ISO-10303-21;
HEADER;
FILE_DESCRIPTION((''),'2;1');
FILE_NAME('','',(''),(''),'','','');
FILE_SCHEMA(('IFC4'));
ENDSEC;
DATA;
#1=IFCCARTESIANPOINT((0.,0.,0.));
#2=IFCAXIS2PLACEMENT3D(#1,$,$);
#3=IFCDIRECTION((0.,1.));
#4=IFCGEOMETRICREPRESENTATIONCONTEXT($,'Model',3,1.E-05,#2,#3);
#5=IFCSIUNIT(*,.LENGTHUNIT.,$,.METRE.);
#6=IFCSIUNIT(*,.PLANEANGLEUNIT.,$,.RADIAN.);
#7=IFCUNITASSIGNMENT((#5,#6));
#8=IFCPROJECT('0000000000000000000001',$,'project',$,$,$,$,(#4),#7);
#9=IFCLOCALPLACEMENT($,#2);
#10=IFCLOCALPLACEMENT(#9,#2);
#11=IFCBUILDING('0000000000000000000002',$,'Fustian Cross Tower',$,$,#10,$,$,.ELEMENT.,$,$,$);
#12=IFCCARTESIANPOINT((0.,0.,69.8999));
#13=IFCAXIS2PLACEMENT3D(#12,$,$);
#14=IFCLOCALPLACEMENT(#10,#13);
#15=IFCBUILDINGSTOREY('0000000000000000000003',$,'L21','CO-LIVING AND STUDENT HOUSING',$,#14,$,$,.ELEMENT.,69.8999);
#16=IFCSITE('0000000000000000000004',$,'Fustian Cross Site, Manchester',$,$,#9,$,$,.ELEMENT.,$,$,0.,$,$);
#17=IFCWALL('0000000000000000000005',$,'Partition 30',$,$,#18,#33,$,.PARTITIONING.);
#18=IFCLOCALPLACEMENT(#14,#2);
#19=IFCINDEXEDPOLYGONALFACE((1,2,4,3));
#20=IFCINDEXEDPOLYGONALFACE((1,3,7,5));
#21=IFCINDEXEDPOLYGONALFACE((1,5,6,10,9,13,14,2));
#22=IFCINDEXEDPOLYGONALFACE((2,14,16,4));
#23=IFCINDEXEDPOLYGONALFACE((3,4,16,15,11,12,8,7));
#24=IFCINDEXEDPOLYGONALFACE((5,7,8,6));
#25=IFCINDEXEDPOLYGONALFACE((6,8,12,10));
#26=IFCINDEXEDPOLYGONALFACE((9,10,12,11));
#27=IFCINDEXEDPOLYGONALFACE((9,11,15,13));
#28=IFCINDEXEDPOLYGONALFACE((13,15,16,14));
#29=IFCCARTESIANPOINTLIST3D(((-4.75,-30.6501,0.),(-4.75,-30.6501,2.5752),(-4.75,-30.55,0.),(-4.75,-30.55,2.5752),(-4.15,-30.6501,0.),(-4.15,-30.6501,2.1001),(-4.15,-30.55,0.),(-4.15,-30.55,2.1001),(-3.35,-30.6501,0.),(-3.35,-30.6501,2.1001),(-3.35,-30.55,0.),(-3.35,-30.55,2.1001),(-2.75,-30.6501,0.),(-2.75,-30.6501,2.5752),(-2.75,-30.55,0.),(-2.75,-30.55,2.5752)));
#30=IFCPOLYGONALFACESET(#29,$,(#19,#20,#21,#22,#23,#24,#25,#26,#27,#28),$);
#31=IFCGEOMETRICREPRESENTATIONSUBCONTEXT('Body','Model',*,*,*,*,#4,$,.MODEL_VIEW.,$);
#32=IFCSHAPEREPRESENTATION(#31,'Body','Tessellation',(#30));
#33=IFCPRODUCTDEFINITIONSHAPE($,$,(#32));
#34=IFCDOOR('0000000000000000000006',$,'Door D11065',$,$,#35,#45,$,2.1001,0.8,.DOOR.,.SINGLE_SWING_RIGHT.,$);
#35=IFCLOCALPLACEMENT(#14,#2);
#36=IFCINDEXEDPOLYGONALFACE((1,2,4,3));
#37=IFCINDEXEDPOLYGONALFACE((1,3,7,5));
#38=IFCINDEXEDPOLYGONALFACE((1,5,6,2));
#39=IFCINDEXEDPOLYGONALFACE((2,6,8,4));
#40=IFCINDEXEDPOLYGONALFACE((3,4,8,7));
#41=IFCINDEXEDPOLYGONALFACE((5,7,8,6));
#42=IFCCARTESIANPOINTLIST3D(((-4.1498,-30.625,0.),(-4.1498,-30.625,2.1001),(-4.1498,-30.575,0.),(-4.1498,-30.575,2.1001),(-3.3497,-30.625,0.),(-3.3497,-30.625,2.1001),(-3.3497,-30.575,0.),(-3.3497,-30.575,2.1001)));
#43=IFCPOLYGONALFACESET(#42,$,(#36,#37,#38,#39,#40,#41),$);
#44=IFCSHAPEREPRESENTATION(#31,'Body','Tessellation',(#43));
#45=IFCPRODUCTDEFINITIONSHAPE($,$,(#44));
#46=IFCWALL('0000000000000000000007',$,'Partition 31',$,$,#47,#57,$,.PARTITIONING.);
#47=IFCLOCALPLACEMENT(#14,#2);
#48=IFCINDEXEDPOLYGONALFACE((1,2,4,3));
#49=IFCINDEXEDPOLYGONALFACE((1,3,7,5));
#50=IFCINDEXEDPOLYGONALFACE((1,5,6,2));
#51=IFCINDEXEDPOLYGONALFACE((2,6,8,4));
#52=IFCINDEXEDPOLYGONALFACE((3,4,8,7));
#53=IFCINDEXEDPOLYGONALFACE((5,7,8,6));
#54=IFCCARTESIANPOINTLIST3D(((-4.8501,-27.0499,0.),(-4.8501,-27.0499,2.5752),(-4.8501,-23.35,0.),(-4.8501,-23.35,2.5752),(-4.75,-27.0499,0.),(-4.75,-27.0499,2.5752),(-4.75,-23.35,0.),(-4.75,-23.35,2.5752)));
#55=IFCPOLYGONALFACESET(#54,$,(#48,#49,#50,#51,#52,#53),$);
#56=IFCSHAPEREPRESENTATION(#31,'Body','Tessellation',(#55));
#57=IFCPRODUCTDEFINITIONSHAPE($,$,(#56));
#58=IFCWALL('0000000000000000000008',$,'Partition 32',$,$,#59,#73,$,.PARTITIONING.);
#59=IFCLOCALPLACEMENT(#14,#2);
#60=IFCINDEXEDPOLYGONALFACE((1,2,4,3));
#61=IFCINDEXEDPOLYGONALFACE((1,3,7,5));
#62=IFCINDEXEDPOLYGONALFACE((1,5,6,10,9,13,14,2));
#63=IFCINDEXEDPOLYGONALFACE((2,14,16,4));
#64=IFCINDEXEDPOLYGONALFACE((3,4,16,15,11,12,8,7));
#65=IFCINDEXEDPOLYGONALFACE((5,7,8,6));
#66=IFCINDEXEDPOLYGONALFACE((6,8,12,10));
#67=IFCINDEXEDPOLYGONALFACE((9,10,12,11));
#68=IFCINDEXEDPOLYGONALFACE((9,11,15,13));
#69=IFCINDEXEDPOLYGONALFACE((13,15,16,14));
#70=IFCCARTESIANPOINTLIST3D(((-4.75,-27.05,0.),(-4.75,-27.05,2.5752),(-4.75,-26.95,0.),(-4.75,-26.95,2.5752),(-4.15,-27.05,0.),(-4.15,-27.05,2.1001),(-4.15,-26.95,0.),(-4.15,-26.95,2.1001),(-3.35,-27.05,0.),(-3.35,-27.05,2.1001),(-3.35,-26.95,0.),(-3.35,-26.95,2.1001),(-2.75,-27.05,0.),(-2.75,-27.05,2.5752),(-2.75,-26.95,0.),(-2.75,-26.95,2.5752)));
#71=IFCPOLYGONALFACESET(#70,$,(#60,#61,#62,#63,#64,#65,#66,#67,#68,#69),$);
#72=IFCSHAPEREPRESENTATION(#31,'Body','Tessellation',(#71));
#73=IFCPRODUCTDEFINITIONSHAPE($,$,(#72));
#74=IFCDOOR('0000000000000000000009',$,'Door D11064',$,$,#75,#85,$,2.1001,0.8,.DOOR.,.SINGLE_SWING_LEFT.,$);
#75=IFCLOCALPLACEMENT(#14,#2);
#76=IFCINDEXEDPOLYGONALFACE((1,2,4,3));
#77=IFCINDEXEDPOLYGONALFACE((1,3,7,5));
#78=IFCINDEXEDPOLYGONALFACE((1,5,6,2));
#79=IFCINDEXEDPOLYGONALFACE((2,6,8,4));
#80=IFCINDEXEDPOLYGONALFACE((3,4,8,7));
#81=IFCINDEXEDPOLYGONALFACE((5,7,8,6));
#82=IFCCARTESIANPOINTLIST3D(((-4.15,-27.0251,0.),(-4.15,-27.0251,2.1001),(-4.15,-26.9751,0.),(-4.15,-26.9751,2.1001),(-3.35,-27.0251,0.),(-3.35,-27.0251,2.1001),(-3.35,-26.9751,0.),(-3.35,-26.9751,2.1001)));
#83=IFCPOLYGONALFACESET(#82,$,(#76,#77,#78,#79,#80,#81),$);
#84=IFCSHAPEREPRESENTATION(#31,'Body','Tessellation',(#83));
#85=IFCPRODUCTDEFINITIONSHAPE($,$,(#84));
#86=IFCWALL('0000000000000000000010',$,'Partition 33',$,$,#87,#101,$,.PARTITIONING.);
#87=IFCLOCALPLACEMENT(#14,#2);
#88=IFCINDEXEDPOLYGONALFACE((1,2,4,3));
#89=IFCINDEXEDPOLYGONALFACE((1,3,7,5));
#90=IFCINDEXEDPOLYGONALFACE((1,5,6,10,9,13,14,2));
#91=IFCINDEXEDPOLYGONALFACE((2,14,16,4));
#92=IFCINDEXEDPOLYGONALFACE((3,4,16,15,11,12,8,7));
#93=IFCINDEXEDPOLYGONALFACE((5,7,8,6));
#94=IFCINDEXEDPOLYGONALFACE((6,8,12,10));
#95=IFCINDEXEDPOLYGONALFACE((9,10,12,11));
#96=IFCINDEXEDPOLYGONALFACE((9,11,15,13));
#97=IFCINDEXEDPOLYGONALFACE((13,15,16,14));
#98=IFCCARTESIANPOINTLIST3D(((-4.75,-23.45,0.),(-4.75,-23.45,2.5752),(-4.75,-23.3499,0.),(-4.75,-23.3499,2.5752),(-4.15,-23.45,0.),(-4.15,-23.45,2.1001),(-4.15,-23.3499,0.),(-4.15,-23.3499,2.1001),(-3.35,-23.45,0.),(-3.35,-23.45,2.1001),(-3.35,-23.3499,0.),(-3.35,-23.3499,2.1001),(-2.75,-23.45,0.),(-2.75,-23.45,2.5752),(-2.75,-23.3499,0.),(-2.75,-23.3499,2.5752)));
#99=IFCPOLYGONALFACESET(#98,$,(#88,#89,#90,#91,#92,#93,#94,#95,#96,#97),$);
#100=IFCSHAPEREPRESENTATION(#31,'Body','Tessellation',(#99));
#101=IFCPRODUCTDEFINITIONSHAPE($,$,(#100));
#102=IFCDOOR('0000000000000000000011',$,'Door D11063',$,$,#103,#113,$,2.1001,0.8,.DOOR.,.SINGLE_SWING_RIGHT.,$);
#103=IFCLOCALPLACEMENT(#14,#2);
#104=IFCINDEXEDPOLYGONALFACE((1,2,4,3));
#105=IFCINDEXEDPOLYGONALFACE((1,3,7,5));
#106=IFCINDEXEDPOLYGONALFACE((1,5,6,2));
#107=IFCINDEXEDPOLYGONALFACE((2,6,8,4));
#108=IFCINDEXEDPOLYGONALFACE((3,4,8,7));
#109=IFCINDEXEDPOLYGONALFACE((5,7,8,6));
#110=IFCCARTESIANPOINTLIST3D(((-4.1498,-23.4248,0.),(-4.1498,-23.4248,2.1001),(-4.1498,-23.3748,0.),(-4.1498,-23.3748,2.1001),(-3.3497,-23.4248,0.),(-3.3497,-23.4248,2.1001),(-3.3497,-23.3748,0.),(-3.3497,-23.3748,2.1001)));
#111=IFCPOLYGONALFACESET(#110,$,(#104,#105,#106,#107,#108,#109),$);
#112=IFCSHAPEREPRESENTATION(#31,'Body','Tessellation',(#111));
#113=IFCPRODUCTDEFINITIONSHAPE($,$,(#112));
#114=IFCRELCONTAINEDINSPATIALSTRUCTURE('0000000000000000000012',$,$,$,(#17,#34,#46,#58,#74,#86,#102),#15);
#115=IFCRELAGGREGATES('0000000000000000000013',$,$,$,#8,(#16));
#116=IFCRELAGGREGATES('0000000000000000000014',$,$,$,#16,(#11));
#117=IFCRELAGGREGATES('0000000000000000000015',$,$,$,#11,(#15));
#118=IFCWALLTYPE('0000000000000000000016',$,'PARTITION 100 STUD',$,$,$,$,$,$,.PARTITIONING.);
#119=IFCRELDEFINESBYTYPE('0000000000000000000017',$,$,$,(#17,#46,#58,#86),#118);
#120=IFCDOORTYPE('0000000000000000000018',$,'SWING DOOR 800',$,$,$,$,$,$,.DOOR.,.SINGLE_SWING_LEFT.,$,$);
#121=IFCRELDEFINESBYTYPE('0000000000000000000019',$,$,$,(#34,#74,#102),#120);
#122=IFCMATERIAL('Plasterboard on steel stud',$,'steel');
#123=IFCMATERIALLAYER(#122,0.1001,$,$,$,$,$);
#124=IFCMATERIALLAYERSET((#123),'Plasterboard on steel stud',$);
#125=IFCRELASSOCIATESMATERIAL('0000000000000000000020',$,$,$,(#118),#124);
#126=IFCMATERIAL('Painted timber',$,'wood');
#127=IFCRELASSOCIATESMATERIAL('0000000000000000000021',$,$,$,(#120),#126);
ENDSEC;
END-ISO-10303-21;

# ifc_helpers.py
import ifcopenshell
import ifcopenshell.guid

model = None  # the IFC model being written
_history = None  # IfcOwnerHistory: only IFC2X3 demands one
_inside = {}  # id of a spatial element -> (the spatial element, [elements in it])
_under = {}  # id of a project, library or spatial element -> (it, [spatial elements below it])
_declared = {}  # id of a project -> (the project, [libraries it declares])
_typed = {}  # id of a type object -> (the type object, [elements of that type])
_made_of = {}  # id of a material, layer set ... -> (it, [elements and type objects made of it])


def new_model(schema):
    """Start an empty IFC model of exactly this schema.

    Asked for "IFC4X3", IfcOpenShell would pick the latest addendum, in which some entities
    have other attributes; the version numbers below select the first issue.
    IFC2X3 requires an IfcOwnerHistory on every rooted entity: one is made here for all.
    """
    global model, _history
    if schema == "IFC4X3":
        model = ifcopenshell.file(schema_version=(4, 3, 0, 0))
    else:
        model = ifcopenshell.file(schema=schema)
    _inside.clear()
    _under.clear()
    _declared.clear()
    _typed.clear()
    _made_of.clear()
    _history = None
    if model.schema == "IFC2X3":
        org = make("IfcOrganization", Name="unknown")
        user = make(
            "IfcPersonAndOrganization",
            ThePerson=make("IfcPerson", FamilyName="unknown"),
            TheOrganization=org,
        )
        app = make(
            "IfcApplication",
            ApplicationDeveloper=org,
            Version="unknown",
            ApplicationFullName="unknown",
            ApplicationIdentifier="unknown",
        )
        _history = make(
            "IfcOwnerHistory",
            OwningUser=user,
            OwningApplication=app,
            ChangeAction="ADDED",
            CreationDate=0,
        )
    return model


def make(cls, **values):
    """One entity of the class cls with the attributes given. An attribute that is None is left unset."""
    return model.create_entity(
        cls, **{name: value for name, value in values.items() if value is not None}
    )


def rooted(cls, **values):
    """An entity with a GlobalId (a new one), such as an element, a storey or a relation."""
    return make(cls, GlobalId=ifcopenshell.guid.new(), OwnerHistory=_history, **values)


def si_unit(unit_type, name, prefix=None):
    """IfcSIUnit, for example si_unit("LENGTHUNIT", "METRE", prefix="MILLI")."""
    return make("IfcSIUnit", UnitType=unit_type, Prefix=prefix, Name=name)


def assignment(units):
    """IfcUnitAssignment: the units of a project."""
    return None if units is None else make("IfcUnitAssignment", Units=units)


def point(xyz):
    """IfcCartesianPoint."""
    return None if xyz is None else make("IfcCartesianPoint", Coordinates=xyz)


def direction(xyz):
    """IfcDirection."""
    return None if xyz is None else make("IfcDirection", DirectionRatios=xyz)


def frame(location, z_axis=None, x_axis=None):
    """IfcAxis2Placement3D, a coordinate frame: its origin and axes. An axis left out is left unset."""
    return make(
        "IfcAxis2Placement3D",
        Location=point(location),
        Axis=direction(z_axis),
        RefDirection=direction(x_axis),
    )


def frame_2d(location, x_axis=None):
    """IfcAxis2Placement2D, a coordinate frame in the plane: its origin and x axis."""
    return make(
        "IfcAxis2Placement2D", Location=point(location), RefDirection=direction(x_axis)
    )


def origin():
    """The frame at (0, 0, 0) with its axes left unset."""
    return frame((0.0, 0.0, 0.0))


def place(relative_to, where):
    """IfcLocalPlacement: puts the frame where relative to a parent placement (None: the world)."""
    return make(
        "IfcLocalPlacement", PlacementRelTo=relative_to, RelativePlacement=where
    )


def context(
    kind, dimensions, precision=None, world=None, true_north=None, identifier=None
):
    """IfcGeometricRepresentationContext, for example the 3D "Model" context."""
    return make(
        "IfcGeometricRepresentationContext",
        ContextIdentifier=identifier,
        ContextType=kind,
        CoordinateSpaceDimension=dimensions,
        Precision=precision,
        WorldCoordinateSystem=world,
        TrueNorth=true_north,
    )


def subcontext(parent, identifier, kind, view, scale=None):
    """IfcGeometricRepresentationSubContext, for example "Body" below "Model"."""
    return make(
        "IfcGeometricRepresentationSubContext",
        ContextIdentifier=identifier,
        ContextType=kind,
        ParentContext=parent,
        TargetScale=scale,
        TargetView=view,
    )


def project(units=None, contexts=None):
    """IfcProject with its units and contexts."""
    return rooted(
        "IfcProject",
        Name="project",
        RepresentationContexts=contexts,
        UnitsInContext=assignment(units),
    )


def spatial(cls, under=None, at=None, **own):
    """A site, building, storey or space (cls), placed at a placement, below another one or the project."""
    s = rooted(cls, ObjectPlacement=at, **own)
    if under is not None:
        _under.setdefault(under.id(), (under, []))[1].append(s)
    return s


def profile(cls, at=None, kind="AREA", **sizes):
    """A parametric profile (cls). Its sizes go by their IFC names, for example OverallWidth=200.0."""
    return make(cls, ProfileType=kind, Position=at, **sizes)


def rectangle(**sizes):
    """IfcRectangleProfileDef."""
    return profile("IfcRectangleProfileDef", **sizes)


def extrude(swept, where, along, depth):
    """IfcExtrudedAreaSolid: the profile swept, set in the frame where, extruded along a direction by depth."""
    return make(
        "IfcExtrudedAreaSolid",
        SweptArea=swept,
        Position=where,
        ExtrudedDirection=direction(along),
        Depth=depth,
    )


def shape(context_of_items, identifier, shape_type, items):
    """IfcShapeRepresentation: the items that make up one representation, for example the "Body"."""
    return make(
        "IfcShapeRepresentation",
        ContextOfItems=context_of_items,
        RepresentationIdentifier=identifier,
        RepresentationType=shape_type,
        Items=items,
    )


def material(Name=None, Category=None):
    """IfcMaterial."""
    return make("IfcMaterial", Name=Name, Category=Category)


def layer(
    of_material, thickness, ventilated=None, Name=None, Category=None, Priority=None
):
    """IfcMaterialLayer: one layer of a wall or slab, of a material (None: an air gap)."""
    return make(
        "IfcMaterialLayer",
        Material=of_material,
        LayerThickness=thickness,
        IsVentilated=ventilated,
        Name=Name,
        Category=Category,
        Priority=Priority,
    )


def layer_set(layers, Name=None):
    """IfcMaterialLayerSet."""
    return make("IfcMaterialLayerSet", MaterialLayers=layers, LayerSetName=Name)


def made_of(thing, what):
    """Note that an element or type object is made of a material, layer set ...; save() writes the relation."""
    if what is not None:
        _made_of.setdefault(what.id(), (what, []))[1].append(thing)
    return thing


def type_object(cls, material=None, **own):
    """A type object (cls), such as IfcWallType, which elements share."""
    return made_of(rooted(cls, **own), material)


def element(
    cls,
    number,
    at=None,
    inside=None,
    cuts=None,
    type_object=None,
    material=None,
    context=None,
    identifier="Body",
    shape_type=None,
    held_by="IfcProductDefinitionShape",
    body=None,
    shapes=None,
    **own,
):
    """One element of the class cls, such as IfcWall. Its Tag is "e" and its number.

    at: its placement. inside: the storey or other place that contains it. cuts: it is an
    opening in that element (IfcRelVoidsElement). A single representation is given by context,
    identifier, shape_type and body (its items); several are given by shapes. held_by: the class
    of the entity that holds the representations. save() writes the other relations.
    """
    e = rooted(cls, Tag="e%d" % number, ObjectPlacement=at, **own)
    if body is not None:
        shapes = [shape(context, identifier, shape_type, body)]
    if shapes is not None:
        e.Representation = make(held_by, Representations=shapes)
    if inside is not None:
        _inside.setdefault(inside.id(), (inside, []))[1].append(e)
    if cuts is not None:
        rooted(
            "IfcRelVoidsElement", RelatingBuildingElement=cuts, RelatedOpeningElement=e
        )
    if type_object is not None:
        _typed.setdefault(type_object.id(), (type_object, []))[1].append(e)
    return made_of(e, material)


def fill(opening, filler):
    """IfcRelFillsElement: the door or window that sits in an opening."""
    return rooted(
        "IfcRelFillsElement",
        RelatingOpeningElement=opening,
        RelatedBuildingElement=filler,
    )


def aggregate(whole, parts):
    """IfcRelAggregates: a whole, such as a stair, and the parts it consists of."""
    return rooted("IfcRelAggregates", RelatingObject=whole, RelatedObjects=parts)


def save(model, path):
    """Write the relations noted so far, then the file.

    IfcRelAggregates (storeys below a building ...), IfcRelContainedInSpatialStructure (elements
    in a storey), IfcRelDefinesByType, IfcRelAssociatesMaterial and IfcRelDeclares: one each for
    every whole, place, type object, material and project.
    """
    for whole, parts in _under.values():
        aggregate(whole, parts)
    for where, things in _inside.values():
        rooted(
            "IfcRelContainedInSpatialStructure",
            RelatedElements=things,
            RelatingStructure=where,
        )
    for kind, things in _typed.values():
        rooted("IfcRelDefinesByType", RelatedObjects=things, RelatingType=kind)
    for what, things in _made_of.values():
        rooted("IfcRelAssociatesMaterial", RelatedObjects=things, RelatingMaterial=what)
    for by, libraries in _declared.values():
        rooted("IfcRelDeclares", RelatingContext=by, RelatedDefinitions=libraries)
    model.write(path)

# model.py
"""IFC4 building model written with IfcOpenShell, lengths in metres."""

from ifc_helpers import new_model, si_unit, direction, frame, frame_2d, origin, place, context, subcontext, project, spatial, rectangle, extrude, material, layer, layer_set, type_object, element, fill, save


model = new_model("IFC4")

# Units and contexts
model_context = context("Model", 3, precision=1e-05, world=origin(), true_north=direction((0.0, 1.0)))
body_context = subcontext(model_context, "Body", "Model", "MODEL_VIEW")
ifc_project = project(units=[si_unit("LENGTHUNIT", "METRE"), si_unit("PLANEANGLEUNIT", "RADIAN")], contexts=[model_context])

# Site, building, storey
site_placement = place(None, origin())
site = spatial("IfcSite", under=ifc_project, at=site_placement, Name="Fustian Cross Site, Manchester", CompositionType="ELEMENT", RefElevation=0.0)
building_placement = place(site_placement, origin())
building = spatial("IfcBuilding", under=site, at=building_placement, Name="Fustian Cross Tower", CompositionType="ELEMENT")
storey_placement = place(building_placement, frame((0.0, 0.0, 69.8999)))
storey = spatial("IfcBuildingStorey", under=building, at=storey_placement, Name="L21", Description="CO-LIVING AND STUDENT HOUSING", CompositionType="ELEMENT", Elevation=69.8999)

# Shared definitions
ifc_material_1 = material(Name="Plasterboard on steel stud", Category="steel")
ifc_layer_1 = layer(ifc_material_1, 0.1001)
ifc_layer_set_1 = layer_set([ifc_layer_1], Name="Plasterboard on steel stud")
wall_type_1 = type_object("IfcWallType", Name="PARTITION 100 STUD", PredefinedType="PARTITIONING", material=ifc_layer_set_1)
ifc_material_2 = material(Name="Painted timber", Category="wood")
door_type_1 = type_object("IfcDoorType", Name="SWING DOOR 800", OperationType="SINGLE_SWING_LEFT", PredefinedType="DOOR", material=ifc_material_2)

# Wall, opening, door
wall_1_placement = place(storey_placement, frame((-4.75, -30.6001, 0.0), z_axis=(0.0, 0.0, 1.0), x_axis=(1.0, 0.0, 0.0)))
wall_1 = element("IfcWall", 1, at=wall_1_placement, inside=storey, type_object=wall_type_1, Name="Partition 30", PredefinedType="PARTITIONING", context=body_context, shape_type="SweptSolid", body=[
    extrude(rectangle(XDim=2.0, YDim=0.1001, at=frame_2d((1.0, 0.0))), origin(), (0.0, 0.0, 1.0), 2.5752),
])
opening_1_placement = place(wall_1_placement, frame((0.6001, 0.0, 0.0)))
opening_1 = element("IfcOpeningElement", 2, at=opening_1_placement, cuts=wall_1, PredefinedType="OPENING", context=body_context, shape_type="SweptSolid", body=[
    extrude(rectangle(XDim=0.8, YDim=2.1001, at=frame_2d((0.3999, 1.05))), frame((0.0, 0.0601, 0.0), z_axis=(0.0, -1.0, 0.0), x_axis=(1.0, 0.0, 0.0)), (0.0, 0.0, 1.0), 0.1201),
])
door_1_placement = place(opening_1_placement, frame((0.8, 0.0, 0.0), z_axis=(0.0, 0.0, 1.0), x_axis=(-1.0, 0.0, 0.0)))
door_1 = element("IfcDoor", 3, at=door_1_placement, inside=storey, type_object=door_type_1, Name="Door D11065", OperationType="SINGLE_SWING_RIGHT", OverallHeight=2.1001, OverallWidth=0.8, PredefinedType="DOOR", context=body_context, shape_type="SweptSolid", body=[
    extrude(rectangle(XDim=0.8, YDim=2.1001, at=frame_2d((0.3999, 1.05))), frame((0.0, 0.0249, 0.0), z_axis=(0.0, -1.0, 0.0), x_axis=(1.0, 0.0, 0.0)), (0.0, 0.0, 1.0), 0.05),
])
fill(opening_1, door_1)

# Wall
wall_2_placement = place(storey_placement, frame((-4.8, -27.05, 0.0), z_axis=(0.0, 0.0, 1.0), x_axis=(0.0, 1.0, 0.0)))
element("IfcWall", 4, at=wall_2_placement, inside=storey, type_object=wall_type_1, Name="Partition 31", PredefinedType="PARTITIONING", context=body_context, shape_type="SweptSolid", body=[
    extrude(rectangle(XDim=3.7, YDim=0.1001, at=frame_2d((1.8501, 0.0))), origin(), (0.0, 0.0, 1.0), 2.5752),
])

# Walls, openings, doors
wall_3_placement = place(storey_placement, frame((-4.75, -27.0, 0.0), z_axis=(0.0, 0.0, 1.0), x_axis=(1.0, 0.0, 0.0)))
wall_3 = element("IfcWall", 5, at=wall_3_placement, inside=storey, type_object=wall_type_1, Name="Partition 32", PredefinedType="PARTITIONING", context=body_context, shape_type="SweptSolid", body=[
    extrude(rectangle(XDim=2.0, YDim=0.1001, at=frame_2d((1.0, 0.0))), origin(), (0.0, 0.0, 1.0), 2.5752),
])
opening_2_placement = place(wall_3_placement, frame((0.6001, 0.0, 0.0)))
opening_2 = element("IfcOpeningElement", 6, at=opening_2_placement, cuts=wall_3, PredefinedType="OPENING", context=body_context, shape_type="SweptSolid", body=[
    extrude(rectangle(XDim=0.8, YDim=2.1001, at=frame_2d((0.3999, 1.05))), frame((0.0, 0.0601, 0.0), z_axis=(0.0, -1.0, 0.0), x_axis=(1.0, 0.0, 0.0)), (0.0, 0.0, 1.0), 0.1201),
])
door_2_placement = place(opening_2_placement, origin())
door_2 = element("IfcDoor", 7, at=door_2_placement, inside=storey, type_object=door_type_1, Name="Door D11064", OperationType="SINGLE_SWING_LEFT", OverallHeight=2.1001, OverallWidth=0.8, PredefinedType="DOOR", context=body_context, shape_type="SweptSolid", body=[
    extrude(rectangle(XDim=0.8, YDim=2.1001, at=frame_2d((0.3999, 1.05))), frame((0.0, 0.0249, 0.0), z_axis=(0.0, -1.0, 0.0), x_axis=(1.0, 0.0, 0.0)), (0.0, 0.0, 1.0), 0.05),
])
fill(opening_2, door_2)
wall_4_placement = place(storey_placement, frame((-4.75, -23.3999, 0.0), z_axis=(0.0, 0.0, 1.0), x_axis=(1.0, 0.0, 0.0)))
wall_4 = element("IfcWall", 8, at=wall_4_placement, inside=storey, type_object=wall_type_1, Name="Partition 33", PredefinedType="PARTITIONING", context=body_context, shape_type="SweptSolid", body=[
    extrude(rectangle(XDim=2.0, YDim=0.1001, at=frame_2d((1.0, 0.0))), origin(), (0.0, 0.0, 1.0), 2.5752),
])
opening_3_placement = place(wall_4_placement, frame((0.6001, 0.0, 0.0)))
opening_3 = element("IfcOpeningElement", 9, at=opening_3_placement, cuts=wall_4, PredefinedType="OPENING", context=body_context, shape_type="SweptSolid", body=[
    extrude(rectangle(XDim=0.8, YDim=2.1001, at=frame_2d((0.3999, 1.05))), frame((0.0, 0.0601, 0.0), z_axis=(0.0, -1.0, 0.0), x_axis=(1.0, 0.0, 0.0)), (0.0, 0.0, 1.0), 0.1201),
])
door_3_placement = place(opening_3_placement, frame((0.8, 0.0, 0.0), z_axis=(0.0, 0.0, 1.0), x_axis=(-1.0, 0.0, 0.0)))
door_3 = element("IfcDoor", 10, at=door_3_placement, inside=storey, type_object=door_type_1, Name="Door D11063", OperationType="SINGLE_SWING_RIGHT", OverallHeight=2.1001, OverallWidth=0.8, PredefinedType="DOOR", context=body_context, shape_type="SweptSolid", body=[
    extrude(rectangle(XDim=0.8, YDim=2.1001, at=frame_2d((0.3999, 1.05))), frame((0.0, 0.0249, 0.0), z_axis=(0.0, -1.0, 0.0), x_axis=(1.0, 0.0, 0.0)), (0.0, 0.0, 1.0), 0.05),
])
fill(opening_3, door_3)

save(model, "model.ifc")
